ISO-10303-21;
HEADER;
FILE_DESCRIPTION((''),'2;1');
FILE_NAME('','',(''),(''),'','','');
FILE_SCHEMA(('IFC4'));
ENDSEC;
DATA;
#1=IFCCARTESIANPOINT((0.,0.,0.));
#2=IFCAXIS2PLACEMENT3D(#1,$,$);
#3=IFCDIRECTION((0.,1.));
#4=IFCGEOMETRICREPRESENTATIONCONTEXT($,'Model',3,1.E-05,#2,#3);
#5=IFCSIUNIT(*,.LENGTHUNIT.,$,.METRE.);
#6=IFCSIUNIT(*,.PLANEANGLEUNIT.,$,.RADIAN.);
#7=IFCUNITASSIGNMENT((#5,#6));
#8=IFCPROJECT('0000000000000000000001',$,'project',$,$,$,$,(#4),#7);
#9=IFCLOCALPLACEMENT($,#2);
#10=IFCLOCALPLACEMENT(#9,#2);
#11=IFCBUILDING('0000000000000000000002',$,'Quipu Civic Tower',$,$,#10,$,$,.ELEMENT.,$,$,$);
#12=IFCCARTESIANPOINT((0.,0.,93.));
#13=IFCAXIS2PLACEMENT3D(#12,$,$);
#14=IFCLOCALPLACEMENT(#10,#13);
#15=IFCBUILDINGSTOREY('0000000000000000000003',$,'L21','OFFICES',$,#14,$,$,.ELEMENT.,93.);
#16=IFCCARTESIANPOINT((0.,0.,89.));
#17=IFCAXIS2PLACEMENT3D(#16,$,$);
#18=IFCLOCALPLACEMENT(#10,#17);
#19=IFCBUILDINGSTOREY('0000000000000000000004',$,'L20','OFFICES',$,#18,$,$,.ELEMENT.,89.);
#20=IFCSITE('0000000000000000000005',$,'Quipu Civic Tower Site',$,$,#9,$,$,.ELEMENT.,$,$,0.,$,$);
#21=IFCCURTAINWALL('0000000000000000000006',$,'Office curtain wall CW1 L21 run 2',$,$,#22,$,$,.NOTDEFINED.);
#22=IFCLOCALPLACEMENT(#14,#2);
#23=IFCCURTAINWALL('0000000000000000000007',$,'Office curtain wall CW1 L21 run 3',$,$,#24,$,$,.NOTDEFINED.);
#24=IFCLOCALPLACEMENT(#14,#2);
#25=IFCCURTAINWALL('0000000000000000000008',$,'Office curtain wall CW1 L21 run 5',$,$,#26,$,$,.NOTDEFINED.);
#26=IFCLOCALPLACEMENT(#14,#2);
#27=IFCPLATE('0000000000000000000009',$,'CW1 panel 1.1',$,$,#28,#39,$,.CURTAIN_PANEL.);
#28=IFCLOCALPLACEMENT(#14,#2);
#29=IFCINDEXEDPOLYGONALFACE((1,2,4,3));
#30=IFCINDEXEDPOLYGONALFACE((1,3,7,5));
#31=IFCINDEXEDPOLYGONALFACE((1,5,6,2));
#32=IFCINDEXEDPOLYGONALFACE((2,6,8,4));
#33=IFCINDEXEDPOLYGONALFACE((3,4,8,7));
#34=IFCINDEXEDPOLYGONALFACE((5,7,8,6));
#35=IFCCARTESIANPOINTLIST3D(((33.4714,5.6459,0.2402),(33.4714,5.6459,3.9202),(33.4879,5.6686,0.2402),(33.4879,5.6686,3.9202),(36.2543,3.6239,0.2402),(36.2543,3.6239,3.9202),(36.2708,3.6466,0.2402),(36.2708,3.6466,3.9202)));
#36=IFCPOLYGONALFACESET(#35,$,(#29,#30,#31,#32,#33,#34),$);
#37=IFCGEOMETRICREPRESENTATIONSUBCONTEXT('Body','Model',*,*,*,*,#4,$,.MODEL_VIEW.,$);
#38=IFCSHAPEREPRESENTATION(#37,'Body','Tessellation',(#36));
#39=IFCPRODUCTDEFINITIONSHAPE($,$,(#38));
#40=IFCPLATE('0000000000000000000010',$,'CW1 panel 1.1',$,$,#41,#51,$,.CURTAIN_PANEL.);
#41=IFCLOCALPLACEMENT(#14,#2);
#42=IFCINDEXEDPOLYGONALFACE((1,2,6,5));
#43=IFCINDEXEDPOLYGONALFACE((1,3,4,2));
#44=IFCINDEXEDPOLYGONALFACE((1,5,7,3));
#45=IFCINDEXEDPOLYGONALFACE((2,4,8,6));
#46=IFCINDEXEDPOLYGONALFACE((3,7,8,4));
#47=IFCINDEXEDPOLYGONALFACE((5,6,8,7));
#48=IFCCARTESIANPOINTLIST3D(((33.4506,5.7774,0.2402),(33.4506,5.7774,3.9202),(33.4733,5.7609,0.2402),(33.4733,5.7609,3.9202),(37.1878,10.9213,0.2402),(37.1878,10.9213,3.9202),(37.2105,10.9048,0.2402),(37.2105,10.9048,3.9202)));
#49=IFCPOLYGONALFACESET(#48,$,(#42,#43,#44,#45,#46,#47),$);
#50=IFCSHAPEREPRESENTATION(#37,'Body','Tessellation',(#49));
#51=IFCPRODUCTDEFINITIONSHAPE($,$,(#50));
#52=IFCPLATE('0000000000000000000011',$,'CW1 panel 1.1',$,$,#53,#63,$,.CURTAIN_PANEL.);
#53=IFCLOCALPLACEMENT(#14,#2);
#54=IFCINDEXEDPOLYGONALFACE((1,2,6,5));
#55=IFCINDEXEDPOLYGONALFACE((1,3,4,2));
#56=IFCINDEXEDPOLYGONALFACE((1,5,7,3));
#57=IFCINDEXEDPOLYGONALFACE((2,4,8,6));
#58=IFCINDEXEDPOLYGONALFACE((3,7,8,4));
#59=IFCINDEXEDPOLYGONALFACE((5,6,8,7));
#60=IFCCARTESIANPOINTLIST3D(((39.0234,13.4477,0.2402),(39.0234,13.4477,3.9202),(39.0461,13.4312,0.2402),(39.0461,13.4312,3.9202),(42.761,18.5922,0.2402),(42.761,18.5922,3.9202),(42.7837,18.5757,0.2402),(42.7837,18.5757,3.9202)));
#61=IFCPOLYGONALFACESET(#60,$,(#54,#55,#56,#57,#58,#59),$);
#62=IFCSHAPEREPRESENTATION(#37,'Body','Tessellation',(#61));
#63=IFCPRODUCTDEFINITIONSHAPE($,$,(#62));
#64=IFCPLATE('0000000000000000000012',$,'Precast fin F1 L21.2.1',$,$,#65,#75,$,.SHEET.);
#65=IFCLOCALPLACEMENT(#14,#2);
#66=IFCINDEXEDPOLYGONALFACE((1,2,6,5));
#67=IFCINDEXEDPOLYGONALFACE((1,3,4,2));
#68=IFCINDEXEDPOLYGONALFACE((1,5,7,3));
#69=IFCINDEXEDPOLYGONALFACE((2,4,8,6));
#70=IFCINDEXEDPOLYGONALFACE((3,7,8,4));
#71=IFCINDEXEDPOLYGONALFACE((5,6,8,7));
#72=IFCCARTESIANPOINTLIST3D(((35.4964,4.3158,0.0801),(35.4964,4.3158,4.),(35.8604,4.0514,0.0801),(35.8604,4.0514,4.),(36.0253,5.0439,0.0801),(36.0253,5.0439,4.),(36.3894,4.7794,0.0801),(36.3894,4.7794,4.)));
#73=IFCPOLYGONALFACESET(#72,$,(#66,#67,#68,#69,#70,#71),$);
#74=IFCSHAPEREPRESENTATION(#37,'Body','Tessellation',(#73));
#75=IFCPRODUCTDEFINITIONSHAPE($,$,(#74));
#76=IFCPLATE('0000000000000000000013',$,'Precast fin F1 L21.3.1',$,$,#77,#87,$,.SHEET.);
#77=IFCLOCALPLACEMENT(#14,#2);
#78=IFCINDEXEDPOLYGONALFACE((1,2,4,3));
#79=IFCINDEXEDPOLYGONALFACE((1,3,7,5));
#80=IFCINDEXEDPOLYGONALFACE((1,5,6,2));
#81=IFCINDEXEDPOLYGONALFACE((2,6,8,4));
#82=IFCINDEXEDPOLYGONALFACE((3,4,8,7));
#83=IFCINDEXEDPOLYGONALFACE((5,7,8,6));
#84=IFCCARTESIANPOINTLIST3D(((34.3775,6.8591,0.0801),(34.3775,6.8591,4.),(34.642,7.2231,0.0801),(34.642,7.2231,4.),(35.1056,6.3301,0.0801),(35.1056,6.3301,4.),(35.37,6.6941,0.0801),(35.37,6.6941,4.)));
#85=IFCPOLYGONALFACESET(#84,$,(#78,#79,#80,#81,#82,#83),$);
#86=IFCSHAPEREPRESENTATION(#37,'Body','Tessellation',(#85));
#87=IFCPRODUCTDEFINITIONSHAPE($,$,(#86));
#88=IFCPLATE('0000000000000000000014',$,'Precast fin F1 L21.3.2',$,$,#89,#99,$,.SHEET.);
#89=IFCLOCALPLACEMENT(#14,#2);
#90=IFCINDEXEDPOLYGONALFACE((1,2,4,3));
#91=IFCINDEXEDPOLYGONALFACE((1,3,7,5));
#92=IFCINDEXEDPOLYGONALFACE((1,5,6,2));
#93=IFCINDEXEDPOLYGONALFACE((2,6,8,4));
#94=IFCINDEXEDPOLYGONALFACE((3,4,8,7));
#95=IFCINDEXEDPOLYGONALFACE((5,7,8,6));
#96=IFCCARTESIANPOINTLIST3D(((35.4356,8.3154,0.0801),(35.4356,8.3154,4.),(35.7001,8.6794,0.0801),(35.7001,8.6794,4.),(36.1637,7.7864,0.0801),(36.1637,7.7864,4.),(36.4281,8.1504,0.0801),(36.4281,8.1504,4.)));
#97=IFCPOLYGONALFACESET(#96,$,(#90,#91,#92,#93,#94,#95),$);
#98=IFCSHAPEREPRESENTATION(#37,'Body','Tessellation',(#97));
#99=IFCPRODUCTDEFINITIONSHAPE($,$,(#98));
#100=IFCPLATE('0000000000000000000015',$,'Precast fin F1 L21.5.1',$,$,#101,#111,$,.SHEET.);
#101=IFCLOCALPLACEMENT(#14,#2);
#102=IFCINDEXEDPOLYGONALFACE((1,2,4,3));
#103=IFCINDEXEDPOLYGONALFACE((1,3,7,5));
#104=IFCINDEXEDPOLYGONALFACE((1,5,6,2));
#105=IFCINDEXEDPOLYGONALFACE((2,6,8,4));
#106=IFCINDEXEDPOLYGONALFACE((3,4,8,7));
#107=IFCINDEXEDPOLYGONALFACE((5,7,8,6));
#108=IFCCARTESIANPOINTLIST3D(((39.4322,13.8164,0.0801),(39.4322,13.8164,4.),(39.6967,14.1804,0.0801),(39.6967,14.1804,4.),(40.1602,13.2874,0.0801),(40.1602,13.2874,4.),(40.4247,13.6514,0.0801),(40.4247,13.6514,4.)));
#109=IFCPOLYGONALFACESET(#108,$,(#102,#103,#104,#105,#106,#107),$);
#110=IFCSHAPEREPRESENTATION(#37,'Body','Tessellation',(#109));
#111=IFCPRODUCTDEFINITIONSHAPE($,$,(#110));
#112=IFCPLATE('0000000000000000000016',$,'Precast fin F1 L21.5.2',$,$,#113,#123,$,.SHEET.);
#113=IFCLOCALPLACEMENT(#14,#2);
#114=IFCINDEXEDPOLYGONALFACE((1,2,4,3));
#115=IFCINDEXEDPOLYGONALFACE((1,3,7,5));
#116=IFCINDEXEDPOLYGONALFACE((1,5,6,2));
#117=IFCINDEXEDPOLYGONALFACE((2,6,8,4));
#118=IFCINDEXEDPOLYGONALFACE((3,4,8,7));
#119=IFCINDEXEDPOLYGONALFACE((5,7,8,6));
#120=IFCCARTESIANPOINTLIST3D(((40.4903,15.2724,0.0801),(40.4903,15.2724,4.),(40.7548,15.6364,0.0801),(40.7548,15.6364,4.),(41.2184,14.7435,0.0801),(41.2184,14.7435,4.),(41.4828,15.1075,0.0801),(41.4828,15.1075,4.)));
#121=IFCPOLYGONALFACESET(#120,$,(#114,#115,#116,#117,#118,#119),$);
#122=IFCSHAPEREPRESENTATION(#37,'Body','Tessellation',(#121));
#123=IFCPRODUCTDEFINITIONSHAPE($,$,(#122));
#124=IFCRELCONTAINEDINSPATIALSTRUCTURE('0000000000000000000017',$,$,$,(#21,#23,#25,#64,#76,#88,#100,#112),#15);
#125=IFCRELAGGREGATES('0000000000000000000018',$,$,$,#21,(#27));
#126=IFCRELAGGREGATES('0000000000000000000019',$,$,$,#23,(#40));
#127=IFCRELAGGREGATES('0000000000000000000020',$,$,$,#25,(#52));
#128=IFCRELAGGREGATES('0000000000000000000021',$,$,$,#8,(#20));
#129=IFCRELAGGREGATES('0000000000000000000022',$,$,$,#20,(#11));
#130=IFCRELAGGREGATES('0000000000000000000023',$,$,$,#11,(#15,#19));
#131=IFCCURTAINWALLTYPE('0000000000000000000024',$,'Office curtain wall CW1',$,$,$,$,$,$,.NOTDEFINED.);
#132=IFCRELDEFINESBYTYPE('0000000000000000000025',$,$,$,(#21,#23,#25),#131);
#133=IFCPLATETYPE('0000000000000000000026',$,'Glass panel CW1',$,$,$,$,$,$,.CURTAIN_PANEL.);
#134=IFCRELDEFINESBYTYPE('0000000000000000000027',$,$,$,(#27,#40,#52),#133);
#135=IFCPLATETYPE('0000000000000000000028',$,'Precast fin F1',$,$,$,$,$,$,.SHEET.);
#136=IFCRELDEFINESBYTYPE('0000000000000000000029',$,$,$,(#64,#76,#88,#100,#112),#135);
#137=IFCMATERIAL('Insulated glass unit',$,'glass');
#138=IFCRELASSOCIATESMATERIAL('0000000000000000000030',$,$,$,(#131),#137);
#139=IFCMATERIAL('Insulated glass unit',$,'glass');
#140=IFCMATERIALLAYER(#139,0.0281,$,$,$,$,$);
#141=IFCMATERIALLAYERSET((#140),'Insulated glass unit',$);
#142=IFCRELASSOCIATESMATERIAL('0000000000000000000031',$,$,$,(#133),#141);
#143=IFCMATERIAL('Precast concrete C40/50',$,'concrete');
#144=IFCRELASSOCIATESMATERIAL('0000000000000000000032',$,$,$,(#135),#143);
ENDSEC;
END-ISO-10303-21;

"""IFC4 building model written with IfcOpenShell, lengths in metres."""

from ifc_helpers import new_model, si_unit, direction, frame, origin, origin_2d, place, context, subcontext, project, spatial, rectangle, extrude, material, layer, layer_set, type_object, element, aggregate, save


model = new_model("IFC4")

# Units and contexts
model_context = context("Model", 3, precision=1e-05, world=origin(), true_north=direction((0.0, 1.0)))
body_context = subcontext(model_context, "Body", "Model", "MODEL_VIEW")
ifc_project = project(units=[si_unit("LENGTHUNIT", "METRE"), si_unit("PLANEANGLEUNIT", "RADIAN")], contexts=[model_context])

# Site, building, storey
site_placement = place(None, origin())
site = spatial("IfcSite", under=ifc_project, at=site_placement, Name="Quipu Civic Tower Site", CompositionType="ELEMENT", RefElevation=0.0)
building_placement = place(site_placement, origin())
building = spatial("IfcBuilding", under=site, at=building_placement, Name="Quipu Civic Tower", CompositionType="ELEMENT")
storey_1_placement = place(building_placement, frame((0.0, 0.0, 93.0)))
storey_1 = spatial("IfcBuildingStorey", under=building, at=storey_1_placement, Name="L21", Description="OFFICES", CompositionType="ELEMENT", Elevation=93.0)

# Curtain walls
ifc_material_1 = material(Name="Insulated glass unit", Category="glass")
curtain_wall_type = type_object("IfcCurtainWallType", Name="Office curtain wall CW1", PredefinedType="NOTDEFINED", material=ifc_material_1)
curtain_wall_1_placement = place(storey_1_placement, origin())
curtain_wall_1 = element("IfcCurtainWall", 1, at=curtain_wall_1_placement, inside=storey_1, type_object=curtain_wall_type, Name="Office curtain wall CW1 L21 run 2", PredefinedType="NOTDEFINED")
curtain_wall_2_placement = place(storey_1_placement, origin())
curtain_wall_2 = element("IfcCurtainWall", 2, at=curtain_wall_2_placement, inside=storey_1, type_object=curtain_wall_type, Name="Office curtain wall CW1 L21 run 3", PredefinedType="NOTDEFINED")

# Curtain wall
curtain_wall_3_placement = place(storey_1_placement, origin())
curtain_wall_3 = element("IfcCurtainWall", 3, at=curtain_wall_3_placement, inside=storey_1, type_object=curtain_wall_type, Name="Office curtain wall CW1 L21 run 5", PredefinedType="NOTDEFINED")

# Shared definitions
storey_2_placement = place(building_placement, frame((0.0, 0.0, 89.0)))
storey_2 = spatial("IfcBuildingStorey", under=building, at=storey_2_placement, Name="L20", Description="OFFICES", CompositionType="ELEMENT", Elevation=89.0)

# Plates
ifc_material_2 = material(Name="Insulated glass unit", Category="glass")
ifc_layer = layer(ifc_material_2, 0.0281)
ifc_layer_set = layer_set([ifc_layer], Name="Insulated glass unit")
plate_type_1 = type_object("IfcPlateType", Name="Glass panel CW1", PredefinedType="CURTAIN_PANEL", material=ifc_layer_set)
plate_1_placement = place(storey_1_placement, frame((34.8711, 4.6462, 0.2402), z_axis=(0.0, 0.0, 1.0), x_axis=(-0.809015, 0.587788, 0.0)))
plate_1 = element("IfcPlate", 4, at=plate_1_placement, type_object=plate_type_1, Name="CW1 panel 1.1", PredefinedType="CURTAIN_PANEL", context=body_context, shape_type="SweptSolid", body=[
    extrude(rectangle(XDim=3.4399, YDim=0.0281, at=origin_2d()), origin(), (0.0, 0.0, 1.0), 3.6799),
])
aggregate(curtain_wall_1, [plate_1])
plate_2_placement = place(storey_1_placement, frame((35.3306, 8.3411, 0.2402), z_axis=(0.0, 0.0, 1.0), x_axis=(0.587778, 0.809023, 0.0)))
plate_2 = element("IfcPlate", 5, at=plate_2_placement, type_object=plate_type_1, Name="CW1 panel 1.1", PredefinedType="CURTAIN_PANEL", context=body_context, shape_type="SweptSolid", body=[
    extrude(rectangle(XDim=6.3582, YDim=0.0281, at=origin_2d()), origin(), (0.0, 0.0, 1.0), 3.6799),
])
aggregate(curtain_wall_2, [plate_2])
plate_3_placement = place(storey_1_placement, frame((40.9036, 16.0117, 0.2402), z_axis=(0.0, 0.0, 1.0), x_axis=(0.587784, 0.809018, 0.0)))
plate_3 = element("IfcPlate", 6, at=plate_3_placement, type_object=plate_type_1, Name="CW1 panel 1.1", PredefinedType="CURTAIN_PANEL", context=body_context, shape_type="SweptSolid", body=[
    extrude(rectangle(XDim=6.3589, YDim=0.0281, at=origin_2d()), origin(), (0.0, 0.0, 1.0), 3.6799),
])
aggregate(curtain_wall_3, [plate_3])

# Plates
ifc_material_3 = material(Name="Precast concrete C40/50", Category="concrete")
plate_type_2 = type_object("IfcPlateType", Name="Precast fin F1", PredefinedType="SHEET", material=ifc_material_3)
for number, where, z_axis, x_axis, name in (
    (7, (35.9429, 4.5476, 0.0801), (0.0, 0.0, 1.0), (-0.809015, 0.587788, 0.0), "Precast fin F1 L21.2.1"),
    (8, (34.8738, 6.7766, 0.0801), (0.0, 0.0, 1.0), (0.587784, 0.809018, 0.0), "Precast fin F1 L21.3.1"),
    (9, (35.9319, 8.2329, 0.0801), (0.0, 0.0, 1.0), (0.587784, 0.809018, 0.0), "Precast fin F1 L21.3.2"),
    (10, (39.9285, 13.7339, 0.0801), (0.0, 0.0, 1.0), (0.587784, 0.809018, 0.0), "Precast fin F1 L21.5.1"),
    (11, (40.9866, 15.1899, 0.0801), (0.0, 0.0, 1.0), (0.587784, 0.809018, 0.0), "Precast fin F1 L21.5.2"),
):
    element("IfcPlate", number, at=place(storey_1_placement, frame(where, z_axis=z_axis, x_axis=x_axis)), inside=storey_1, type_object=plate_type_2, Name=name, PredefinedType="SHEET", context=body_context, shape_type="SweptSolid", body=[
        extrude(rectangle(XDim=0.45, YDim=0.8999, at=origin_2d()), origin(), (0.0, 0.0, 1.0), 3.9199),
    ])

save(model, "model.ifc")
